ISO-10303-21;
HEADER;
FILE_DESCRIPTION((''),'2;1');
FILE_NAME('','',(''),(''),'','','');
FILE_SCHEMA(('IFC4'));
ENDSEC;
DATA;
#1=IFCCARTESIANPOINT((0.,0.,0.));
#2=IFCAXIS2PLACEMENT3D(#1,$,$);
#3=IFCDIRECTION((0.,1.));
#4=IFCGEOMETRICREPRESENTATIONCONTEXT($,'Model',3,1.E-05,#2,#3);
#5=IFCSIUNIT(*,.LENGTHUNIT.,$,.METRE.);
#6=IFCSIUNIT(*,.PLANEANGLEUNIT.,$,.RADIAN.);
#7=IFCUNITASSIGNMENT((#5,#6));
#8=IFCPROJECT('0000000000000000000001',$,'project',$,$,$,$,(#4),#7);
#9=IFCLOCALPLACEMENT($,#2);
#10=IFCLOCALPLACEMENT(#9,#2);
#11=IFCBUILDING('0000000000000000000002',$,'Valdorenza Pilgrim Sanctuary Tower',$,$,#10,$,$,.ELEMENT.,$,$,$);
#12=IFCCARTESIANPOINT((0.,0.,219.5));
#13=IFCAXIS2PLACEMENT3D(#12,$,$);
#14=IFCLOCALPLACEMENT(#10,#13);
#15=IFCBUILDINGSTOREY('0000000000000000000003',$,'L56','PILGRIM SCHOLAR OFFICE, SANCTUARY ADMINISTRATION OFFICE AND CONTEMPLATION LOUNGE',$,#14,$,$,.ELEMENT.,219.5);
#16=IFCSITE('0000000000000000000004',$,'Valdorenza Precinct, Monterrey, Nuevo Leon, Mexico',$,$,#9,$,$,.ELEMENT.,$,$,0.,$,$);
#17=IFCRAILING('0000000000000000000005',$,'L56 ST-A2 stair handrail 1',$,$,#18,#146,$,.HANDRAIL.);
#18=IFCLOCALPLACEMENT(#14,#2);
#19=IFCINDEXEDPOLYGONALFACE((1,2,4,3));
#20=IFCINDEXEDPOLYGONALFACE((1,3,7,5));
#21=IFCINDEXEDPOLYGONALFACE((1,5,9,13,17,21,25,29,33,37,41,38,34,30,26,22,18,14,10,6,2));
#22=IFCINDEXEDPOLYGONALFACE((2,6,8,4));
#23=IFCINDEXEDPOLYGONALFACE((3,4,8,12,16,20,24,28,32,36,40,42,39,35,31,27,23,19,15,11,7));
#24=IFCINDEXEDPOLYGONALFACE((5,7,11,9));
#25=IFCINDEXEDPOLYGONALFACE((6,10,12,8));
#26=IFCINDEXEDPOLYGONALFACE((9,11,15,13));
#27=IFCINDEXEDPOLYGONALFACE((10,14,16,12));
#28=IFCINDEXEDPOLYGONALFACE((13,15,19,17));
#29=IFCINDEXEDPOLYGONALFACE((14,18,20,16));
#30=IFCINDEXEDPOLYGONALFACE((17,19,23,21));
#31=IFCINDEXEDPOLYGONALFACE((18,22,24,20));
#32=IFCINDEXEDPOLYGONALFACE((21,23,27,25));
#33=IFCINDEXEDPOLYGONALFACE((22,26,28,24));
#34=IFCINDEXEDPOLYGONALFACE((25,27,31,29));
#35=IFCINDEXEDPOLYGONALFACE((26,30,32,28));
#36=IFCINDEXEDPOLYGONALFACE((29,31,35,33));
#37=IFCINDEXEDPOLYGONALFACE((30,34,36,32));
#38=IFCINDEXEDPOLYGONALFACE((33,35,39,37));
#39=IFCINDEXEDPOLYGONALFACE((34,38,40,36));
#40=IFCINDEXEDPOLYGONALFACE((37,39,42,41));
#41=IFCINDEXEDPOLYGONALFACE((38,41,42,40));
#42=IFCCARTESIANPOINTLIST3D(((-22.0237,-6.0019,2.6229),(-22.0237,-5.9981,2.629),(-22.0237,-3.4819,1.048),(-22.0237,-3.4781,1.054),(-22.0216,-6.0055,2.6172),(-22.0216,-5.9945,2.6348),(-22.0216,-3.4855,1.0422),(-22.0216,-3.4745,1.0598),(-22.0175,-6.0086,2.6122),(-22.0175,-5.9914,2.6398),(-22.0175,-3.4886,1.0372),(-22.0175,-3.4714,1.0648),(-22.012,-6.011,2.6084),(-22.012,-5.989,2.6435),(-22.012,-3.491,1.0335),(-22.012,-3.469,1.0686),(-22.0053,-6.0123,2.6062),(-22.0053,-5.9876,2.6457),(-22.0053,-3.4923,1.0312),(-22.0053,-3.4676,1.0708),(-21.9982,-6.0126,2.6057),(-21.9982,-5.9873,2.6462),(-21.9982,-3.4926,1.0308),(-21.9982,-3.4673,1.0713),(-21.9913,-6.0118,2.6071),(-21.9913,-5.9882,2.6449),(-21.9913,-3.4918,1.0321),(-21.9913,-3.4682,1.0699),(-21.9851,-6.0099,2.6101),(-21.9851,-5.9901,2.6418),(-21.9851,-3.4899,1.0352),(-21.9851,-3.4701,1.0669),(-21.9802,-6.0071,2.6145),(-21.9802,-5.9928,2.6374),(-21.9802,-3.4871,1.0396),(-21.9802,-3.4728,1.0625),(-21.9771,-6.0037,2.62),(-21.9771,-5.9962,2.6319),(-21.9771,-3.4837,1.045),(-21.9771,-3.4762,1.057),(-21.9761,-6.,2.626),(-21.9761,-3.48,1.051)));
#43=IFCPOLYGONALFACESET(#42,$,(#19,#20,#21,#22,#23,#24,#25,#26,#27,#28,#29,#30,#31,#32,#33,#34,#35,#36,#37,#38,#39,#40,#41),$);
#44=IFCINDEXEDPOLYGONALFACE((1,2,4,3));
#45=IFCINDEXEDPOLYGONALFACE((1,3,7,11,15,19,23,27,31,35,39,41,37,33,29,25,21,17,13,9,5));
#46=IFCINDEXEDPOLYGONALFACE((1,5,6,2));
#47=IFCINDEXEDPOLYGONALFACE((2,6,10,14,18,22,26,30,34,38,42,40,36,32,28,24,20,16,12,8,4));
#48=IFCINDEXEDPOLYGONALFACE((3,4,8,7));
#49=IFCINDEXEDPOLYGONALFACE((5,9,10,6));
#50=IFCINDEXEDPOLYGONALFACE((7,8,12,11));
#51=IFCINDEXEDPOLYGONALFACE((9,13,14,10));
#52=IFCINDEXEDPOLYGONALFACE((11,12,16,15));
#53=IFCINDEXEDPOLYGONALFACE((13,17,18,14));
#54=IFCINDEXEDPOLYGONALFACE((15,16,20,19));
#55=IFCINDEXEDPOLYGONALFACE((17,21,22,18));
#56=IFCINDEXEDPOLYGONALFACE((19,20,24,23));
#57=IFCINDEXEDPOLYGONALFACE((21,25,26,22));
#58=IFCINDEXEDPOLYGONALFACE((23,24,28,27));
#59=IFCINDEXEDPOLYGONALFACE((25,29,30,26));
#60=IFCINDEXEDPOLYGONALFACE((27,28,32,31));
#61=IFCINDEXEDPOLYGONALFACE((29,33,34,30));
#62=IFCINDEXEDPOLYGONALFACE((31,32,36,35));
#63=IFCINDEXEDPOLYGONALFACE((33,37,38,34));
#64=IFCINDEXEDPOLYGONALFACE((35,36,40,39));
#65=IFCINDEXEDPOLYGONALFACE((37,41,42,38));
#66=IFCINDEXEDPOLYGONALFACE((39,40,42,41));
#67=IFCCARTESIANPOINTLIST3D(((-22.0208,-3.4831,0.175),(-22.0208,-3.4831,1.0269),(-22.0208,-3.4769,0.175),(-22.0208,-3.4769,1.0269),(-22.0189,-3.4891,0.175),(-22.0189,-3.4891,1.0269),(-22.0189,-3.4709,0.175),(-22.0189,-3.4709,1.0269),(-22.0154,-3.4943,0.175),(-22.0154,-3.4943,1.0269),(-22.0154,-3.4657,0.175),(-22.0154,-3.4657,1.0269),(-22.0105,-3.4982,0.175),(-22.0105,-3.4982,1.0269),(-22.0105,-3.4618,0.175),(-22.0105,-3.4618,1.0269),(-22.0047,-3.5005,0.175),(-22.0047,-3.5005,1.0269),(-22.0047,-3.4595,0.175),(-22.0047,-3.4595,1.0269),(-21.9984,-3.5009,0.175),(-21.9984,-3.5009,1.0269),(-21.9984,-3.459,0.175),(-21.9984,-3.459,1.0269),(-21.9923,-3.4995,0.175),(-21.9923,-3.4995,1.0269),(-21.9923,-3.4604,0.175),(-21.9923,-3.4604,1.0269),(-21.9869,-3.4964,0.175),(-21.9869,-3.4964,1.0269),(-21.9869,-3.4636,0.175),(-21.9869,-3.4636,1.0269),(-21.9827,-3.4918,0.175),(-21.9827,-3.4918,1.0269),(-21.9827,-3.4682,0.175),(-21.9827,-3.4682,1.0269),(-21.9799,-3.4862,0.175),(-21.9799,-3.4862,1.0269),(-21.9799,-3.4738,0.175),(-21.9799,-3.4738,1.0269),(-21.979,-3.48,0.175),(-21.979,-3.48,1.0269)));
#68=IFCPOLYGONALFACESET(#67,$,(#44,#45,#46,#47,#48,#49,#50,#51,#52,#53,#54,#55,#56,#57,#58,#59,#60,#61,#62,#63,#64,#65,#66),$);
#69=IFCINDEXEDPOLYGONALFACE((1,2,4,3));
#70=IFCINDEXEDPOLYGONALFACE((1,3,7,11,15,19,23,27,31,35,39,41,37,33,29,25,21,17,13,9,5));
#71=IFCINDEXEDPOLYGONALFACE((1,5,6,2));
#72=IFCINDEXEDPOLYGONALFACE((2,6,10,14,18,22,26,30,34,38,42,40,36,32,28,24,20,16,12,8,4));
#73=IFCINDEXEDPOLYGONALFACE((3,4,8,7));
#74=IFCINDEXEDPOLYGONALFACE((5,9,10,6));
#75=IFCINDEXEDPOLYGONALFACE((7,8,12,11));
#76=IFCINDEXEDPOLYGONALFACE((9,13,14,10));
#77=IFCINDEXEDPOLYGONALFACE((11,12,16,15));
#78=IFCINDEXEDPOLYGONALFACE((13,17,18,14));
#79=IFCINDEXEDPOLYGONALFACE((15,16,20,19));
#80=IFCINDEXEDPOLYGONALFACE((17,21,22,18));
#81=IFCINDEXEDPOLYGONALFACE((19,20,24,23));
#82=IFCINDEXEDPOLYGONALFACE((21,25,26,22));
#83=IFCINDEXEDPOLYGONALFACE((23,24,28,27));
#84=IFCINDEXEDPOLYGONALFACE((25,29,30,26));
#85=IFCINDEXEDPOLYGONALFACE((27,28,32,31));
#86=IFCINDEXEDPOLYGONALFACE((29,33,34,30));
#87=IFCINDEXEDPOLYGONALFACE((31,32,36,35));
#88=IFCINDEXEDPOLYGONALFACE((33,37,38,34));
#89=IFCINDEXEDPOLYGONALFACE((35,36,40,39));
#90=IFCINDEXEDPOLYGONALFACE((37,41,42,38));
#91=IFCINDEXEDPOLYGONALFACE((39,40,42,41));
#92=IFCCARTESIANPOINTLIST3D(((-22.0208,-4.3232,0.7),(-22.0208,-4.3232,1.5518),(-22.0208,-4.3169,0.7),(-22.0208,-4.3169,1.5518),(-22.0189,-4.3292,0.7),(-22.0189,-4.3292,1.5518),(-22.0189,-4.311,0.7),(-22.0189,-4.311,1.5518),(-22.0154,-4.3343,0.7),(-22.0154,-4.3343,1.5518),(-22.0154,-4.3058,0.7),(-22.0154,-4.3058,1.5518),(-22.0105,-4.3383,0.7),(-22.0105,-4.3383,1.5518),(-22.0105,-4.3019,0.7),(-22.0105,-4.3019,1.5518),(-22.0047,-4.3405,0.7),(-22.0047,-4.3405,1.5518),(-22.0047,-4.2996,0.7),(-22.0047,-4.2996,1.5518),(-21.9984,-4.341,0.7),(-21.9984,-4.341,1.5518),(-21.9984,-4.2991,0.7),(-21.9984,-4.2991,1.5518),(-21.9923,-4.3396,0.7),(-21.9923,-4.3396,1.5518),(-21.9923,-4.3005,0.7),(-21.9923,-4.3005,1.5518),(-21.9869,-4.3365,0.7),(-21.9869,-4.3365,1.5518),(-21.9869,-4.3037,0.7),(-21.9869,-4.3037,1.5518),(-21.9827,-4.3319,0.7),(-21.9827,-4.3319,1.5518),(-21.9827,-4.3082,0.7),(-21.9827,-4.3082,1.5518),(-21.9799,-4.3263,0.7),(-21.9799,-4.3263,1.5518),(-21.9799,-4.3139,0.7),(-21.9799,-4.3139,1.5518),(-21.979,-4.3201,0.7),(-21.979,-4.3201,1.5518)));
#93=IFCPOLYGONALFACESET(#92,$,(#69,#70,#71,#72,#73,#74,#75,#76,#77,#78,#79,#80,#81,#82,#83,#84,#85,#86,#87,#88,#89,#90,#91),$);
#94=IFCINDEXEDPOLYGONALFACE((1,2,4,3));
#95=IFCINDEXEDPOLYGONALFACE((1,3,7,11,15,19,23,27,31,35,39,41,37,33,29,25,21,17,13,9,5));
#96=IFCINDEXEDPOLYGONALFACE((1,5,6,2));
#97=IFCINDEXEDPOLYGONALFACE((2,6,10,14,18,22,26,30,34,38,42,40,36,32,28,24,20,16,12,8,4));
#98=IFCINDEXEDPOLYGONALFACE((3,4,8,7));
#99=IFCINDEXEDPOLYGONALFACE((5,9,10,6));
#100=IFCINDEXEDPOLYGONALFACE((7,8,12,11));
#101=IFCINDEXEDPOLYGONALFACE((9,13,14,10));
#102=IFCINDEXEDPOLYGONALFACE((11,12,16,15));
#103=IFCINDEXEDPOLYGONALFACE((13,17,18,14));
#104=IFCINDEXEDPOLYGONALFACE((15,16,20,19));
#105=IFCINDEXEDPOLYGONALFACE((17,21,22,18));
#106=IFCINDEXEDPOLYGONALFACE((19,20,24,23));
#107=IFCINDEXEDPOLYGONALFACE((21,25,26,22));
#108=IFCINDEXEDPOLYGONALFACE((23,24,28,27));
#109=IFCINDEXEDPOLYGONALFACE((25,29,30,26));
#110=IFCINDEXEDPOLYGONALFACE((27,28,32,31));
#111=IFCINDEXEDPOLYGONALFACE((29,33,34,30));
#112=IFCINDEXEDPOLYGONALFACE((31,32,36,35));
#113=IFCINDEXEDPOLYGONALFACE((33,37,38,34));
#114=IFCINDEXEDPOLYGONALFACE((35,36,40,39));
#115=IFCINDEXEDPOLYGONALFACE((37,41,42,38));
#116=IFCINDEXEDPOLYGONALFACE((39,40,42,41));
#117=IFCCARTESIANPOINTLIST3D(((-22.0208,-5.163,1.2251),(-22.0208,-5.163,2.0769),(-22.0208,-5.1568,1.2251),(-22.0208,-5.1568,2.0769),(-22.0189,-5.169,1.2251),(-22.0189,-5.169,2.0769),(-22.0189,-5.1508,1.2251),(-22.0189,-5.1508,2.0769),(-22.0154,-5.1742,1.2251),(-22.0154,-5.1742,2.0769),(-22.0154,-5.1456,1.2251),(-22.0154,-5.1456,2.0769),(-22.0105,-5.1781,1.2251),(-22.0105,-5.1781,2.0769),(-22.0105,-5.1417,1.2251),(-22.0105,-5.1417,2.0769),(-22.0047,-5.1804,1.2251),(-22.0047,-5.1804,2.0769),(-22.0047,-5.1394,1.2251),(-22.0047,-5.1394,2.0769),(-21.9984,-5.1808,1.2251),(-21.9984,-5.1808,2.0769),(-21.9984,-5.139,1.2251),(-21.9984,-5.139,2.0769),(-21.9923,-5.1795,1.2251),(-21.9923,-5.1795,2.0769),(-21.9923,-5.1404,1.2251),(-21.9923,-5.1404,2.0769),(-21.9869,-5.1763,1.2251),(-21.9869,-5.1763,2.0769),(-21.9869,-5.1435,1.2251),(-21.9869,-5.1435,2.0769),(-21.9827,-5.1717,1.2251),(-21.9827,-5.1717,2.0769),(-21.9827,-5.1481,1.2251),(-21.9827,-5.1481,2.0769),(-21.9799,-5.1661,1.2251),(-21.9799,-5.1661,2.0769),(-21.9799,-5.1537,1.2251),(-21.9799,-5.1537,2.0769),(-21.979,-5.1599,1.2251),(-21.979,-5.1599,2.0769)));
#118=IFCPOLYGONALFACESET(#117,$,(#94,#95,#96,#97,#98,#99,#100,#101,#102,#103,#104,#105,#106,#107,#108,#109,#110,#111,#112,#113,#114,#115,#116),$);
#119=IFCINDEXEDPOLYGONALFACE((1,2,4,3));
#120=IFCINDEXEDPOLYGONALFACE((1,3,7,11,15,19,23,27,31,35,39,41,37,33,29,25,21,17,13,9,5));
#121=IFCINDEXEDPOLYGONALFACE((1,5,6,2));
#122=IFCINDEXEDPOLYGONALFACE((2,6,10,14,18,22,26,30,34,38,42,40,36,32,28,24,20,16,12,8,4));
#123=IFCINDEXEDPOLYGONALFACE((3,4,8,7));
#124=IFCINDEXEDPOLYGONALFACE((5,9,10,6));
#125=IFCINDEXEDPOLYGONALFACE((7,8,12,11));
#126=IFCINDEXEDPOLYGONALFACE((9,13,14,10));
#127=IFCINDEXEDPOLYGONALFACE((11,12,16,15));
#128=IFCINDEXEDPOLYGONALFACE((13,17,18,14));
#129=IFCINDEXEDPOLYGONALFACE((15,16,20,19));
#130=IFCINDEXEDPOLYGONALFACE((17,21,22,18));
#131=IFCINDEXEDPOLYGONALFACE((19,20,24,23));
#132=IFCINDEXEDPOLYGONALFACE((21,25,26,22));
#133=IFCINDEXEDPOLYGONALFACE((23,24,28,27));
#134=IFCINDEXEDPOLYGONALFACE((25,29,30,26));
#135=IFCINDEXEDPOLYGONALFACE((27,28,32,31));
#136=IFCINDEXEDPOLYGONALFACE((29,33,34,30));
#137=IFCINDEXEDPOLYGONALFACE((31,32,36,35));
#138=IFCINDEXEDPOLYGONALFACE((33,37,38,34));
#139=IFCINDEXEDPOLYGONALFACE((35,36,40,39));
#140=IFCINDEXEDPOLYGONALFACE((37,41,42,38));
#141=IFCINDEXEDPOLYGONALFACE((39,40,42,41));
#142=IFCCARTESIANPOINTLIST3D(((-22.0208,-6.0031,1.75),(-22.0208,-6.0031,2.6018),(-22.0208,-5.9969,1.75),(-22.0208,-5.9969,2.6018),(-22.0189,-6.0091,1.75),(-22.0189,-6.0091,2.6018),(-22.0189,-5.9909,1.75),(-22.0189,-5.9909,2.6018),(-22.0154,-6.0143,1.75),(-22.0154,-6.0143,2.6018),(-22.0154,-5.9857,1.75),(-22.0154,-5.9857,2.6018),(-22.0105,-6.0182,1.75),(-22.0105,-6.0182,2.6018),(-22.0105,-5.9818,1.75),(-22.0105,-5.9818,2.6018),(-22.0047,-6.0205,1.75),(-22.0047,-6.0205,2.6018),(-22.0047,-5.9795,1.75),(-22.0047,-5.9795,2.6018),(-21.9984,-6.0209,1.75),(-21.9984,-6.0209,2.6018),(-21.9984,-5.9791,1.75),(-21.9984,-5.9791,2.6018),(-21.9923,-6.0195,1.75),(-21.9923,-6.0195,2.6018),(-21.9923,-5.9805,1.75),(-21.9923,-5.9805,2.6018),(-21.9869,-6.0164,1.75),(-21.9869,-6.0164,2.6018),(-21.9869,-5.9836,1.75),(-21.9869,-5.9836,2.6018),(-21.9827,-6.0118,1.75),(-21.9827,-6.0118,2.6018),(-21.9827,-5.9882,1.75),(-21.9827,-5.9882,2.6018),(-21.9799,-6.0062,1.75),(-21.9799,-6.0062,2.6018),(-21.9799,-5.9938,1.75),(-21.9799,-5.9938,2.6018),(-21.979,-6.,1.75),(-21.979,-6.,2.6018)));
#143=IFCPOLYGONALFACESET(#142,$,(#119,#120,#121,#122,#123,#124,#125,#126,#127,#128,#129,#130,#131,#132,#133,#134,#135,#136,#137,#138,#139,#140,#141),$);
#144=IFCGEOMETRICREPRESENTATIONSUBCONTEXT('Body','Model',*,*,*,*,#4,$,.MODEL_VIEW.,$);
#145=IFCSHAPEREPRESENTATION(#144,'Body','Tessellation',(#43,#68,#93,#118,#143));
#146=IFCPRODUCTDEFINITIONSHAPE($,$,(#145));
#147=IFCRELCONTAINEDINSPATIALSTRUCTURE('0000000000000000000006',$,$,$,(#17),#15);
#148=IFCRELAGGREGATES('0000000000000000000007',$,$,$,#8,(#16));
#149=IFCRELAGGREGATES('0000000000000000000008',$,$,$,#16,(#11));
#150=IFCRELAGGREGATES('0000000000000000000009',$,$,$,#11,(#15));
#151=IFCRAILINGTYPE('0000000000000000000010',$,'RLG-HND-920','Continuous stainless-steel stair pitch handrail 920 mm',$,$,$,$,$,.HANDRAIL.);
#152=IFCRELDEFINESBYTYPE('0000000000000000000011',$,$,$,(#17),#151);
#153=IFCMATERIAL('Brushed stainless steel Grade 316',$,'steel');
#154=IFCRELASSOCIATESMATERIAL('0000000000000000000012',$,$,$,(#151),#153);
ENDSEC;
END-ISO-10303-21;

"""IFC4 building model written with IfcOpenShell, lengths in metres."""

from ifc_helpers import new_model, si_unit, direction, frame, origin, origin_2d, place, context, subcontext, project, spatial, circle, extrude, material, type_object, element, save


model = new_model("IFC4")

# Units and contexts
model_context = context("Model", 3, precision=1e-05, world=origin(), true_north=direction((0.0, 1.0)))
body_context = subcontext(model_context, "Body", "Model", "MODEL_VIEW")
ifc_project = project(units=[si_unit("LENGTHUNIT", "METRE"), si_unit("PLANEANGLEUNIT", "RADIAN")], contexts=[model_context])

# Site, building, storey
site_placement = place(None, origin())
site = spatial("IfcSite", under=ifc_project, at=site_placement, Name="Valdorenza Precinct, Monterrey, Nuevo Leon, Mexico", CompositionType="ELEMENT", RefElevation=0.0)
building_placement = place(site_placement, origin())
building = spatial("IfcBuilding", under=site, at=building_placement, Name="Valdorenza Pilgrim Sanctuary Tower", CompositionType="ELEMENT")
storey_placement = place(building_placement, frame((0.0, 0.0, 219.5)))
storey = spatial("IfcBuildingStorey", under=building, at=storey_placement, Name="L56", Description="PILGRIM SCHOLAR OFFICE, SANCTUARY ADMINISTRATION OFFICE AND CONTEMPLATION LOUNGE", CompositionType="ELEMENT", Elevation=219.5)

# Shared definitions
ifc_material_1 = material(Name="Brushed stainless steel Grade 316", Category="steel")

# Railing
railing_type_1 = type_object("IfcRailingType", Name="RLG-HND-920", Description="Continuous stainless-steel stair pitch handrail 920 mm", PredefinedType="HANDRAIL", material=ifc_material_1)
railing_1_placement = place(storey_placement, frame((-22.0, -3.48, 0.175)))
element("IfcRailing", 1, at=railing_1_placement, inside=storey, type_object=railing_type_1, Name="L56 ST-A2 stair handrail 1", PredefinedType="HANDRAIL", context=body_context, shape_type="SweptSolid", body=[
    extrude(circle(Radius=0.0239, at=origin_2d()), frame((0.0, 0.0, 0.876), z_axis=(0.0, -0.848008, 0.529984), x_axis=(1.0, 0.0, 0.0)), (0.0, 0.0, 1.0), 2.9717),
    extrude(circle(Radius=0.021, at=origin_2d()), origin(), (0.0, 0.0, 1.0), 0.8518),
    extrude(circle(Radius=0.021, at=origin_2d()), frame((0.0, -0.8401, 0.5249)), (0.0, 0.0, 1.0), 0.8518),
    extrude(circle(Radius=0.021, at=origin_2d()), frame((0.0, -1.6799, 1.05)), (0.0, 0.0, 1.0), 0.8518),
    extrude(circle(Radius=0.021, at=origin_2d()), frame((0.0, -2.52, 1.575)), (0.0, 0.0, 1.0), 0.8518),
])

save(model, "model.ifc")
